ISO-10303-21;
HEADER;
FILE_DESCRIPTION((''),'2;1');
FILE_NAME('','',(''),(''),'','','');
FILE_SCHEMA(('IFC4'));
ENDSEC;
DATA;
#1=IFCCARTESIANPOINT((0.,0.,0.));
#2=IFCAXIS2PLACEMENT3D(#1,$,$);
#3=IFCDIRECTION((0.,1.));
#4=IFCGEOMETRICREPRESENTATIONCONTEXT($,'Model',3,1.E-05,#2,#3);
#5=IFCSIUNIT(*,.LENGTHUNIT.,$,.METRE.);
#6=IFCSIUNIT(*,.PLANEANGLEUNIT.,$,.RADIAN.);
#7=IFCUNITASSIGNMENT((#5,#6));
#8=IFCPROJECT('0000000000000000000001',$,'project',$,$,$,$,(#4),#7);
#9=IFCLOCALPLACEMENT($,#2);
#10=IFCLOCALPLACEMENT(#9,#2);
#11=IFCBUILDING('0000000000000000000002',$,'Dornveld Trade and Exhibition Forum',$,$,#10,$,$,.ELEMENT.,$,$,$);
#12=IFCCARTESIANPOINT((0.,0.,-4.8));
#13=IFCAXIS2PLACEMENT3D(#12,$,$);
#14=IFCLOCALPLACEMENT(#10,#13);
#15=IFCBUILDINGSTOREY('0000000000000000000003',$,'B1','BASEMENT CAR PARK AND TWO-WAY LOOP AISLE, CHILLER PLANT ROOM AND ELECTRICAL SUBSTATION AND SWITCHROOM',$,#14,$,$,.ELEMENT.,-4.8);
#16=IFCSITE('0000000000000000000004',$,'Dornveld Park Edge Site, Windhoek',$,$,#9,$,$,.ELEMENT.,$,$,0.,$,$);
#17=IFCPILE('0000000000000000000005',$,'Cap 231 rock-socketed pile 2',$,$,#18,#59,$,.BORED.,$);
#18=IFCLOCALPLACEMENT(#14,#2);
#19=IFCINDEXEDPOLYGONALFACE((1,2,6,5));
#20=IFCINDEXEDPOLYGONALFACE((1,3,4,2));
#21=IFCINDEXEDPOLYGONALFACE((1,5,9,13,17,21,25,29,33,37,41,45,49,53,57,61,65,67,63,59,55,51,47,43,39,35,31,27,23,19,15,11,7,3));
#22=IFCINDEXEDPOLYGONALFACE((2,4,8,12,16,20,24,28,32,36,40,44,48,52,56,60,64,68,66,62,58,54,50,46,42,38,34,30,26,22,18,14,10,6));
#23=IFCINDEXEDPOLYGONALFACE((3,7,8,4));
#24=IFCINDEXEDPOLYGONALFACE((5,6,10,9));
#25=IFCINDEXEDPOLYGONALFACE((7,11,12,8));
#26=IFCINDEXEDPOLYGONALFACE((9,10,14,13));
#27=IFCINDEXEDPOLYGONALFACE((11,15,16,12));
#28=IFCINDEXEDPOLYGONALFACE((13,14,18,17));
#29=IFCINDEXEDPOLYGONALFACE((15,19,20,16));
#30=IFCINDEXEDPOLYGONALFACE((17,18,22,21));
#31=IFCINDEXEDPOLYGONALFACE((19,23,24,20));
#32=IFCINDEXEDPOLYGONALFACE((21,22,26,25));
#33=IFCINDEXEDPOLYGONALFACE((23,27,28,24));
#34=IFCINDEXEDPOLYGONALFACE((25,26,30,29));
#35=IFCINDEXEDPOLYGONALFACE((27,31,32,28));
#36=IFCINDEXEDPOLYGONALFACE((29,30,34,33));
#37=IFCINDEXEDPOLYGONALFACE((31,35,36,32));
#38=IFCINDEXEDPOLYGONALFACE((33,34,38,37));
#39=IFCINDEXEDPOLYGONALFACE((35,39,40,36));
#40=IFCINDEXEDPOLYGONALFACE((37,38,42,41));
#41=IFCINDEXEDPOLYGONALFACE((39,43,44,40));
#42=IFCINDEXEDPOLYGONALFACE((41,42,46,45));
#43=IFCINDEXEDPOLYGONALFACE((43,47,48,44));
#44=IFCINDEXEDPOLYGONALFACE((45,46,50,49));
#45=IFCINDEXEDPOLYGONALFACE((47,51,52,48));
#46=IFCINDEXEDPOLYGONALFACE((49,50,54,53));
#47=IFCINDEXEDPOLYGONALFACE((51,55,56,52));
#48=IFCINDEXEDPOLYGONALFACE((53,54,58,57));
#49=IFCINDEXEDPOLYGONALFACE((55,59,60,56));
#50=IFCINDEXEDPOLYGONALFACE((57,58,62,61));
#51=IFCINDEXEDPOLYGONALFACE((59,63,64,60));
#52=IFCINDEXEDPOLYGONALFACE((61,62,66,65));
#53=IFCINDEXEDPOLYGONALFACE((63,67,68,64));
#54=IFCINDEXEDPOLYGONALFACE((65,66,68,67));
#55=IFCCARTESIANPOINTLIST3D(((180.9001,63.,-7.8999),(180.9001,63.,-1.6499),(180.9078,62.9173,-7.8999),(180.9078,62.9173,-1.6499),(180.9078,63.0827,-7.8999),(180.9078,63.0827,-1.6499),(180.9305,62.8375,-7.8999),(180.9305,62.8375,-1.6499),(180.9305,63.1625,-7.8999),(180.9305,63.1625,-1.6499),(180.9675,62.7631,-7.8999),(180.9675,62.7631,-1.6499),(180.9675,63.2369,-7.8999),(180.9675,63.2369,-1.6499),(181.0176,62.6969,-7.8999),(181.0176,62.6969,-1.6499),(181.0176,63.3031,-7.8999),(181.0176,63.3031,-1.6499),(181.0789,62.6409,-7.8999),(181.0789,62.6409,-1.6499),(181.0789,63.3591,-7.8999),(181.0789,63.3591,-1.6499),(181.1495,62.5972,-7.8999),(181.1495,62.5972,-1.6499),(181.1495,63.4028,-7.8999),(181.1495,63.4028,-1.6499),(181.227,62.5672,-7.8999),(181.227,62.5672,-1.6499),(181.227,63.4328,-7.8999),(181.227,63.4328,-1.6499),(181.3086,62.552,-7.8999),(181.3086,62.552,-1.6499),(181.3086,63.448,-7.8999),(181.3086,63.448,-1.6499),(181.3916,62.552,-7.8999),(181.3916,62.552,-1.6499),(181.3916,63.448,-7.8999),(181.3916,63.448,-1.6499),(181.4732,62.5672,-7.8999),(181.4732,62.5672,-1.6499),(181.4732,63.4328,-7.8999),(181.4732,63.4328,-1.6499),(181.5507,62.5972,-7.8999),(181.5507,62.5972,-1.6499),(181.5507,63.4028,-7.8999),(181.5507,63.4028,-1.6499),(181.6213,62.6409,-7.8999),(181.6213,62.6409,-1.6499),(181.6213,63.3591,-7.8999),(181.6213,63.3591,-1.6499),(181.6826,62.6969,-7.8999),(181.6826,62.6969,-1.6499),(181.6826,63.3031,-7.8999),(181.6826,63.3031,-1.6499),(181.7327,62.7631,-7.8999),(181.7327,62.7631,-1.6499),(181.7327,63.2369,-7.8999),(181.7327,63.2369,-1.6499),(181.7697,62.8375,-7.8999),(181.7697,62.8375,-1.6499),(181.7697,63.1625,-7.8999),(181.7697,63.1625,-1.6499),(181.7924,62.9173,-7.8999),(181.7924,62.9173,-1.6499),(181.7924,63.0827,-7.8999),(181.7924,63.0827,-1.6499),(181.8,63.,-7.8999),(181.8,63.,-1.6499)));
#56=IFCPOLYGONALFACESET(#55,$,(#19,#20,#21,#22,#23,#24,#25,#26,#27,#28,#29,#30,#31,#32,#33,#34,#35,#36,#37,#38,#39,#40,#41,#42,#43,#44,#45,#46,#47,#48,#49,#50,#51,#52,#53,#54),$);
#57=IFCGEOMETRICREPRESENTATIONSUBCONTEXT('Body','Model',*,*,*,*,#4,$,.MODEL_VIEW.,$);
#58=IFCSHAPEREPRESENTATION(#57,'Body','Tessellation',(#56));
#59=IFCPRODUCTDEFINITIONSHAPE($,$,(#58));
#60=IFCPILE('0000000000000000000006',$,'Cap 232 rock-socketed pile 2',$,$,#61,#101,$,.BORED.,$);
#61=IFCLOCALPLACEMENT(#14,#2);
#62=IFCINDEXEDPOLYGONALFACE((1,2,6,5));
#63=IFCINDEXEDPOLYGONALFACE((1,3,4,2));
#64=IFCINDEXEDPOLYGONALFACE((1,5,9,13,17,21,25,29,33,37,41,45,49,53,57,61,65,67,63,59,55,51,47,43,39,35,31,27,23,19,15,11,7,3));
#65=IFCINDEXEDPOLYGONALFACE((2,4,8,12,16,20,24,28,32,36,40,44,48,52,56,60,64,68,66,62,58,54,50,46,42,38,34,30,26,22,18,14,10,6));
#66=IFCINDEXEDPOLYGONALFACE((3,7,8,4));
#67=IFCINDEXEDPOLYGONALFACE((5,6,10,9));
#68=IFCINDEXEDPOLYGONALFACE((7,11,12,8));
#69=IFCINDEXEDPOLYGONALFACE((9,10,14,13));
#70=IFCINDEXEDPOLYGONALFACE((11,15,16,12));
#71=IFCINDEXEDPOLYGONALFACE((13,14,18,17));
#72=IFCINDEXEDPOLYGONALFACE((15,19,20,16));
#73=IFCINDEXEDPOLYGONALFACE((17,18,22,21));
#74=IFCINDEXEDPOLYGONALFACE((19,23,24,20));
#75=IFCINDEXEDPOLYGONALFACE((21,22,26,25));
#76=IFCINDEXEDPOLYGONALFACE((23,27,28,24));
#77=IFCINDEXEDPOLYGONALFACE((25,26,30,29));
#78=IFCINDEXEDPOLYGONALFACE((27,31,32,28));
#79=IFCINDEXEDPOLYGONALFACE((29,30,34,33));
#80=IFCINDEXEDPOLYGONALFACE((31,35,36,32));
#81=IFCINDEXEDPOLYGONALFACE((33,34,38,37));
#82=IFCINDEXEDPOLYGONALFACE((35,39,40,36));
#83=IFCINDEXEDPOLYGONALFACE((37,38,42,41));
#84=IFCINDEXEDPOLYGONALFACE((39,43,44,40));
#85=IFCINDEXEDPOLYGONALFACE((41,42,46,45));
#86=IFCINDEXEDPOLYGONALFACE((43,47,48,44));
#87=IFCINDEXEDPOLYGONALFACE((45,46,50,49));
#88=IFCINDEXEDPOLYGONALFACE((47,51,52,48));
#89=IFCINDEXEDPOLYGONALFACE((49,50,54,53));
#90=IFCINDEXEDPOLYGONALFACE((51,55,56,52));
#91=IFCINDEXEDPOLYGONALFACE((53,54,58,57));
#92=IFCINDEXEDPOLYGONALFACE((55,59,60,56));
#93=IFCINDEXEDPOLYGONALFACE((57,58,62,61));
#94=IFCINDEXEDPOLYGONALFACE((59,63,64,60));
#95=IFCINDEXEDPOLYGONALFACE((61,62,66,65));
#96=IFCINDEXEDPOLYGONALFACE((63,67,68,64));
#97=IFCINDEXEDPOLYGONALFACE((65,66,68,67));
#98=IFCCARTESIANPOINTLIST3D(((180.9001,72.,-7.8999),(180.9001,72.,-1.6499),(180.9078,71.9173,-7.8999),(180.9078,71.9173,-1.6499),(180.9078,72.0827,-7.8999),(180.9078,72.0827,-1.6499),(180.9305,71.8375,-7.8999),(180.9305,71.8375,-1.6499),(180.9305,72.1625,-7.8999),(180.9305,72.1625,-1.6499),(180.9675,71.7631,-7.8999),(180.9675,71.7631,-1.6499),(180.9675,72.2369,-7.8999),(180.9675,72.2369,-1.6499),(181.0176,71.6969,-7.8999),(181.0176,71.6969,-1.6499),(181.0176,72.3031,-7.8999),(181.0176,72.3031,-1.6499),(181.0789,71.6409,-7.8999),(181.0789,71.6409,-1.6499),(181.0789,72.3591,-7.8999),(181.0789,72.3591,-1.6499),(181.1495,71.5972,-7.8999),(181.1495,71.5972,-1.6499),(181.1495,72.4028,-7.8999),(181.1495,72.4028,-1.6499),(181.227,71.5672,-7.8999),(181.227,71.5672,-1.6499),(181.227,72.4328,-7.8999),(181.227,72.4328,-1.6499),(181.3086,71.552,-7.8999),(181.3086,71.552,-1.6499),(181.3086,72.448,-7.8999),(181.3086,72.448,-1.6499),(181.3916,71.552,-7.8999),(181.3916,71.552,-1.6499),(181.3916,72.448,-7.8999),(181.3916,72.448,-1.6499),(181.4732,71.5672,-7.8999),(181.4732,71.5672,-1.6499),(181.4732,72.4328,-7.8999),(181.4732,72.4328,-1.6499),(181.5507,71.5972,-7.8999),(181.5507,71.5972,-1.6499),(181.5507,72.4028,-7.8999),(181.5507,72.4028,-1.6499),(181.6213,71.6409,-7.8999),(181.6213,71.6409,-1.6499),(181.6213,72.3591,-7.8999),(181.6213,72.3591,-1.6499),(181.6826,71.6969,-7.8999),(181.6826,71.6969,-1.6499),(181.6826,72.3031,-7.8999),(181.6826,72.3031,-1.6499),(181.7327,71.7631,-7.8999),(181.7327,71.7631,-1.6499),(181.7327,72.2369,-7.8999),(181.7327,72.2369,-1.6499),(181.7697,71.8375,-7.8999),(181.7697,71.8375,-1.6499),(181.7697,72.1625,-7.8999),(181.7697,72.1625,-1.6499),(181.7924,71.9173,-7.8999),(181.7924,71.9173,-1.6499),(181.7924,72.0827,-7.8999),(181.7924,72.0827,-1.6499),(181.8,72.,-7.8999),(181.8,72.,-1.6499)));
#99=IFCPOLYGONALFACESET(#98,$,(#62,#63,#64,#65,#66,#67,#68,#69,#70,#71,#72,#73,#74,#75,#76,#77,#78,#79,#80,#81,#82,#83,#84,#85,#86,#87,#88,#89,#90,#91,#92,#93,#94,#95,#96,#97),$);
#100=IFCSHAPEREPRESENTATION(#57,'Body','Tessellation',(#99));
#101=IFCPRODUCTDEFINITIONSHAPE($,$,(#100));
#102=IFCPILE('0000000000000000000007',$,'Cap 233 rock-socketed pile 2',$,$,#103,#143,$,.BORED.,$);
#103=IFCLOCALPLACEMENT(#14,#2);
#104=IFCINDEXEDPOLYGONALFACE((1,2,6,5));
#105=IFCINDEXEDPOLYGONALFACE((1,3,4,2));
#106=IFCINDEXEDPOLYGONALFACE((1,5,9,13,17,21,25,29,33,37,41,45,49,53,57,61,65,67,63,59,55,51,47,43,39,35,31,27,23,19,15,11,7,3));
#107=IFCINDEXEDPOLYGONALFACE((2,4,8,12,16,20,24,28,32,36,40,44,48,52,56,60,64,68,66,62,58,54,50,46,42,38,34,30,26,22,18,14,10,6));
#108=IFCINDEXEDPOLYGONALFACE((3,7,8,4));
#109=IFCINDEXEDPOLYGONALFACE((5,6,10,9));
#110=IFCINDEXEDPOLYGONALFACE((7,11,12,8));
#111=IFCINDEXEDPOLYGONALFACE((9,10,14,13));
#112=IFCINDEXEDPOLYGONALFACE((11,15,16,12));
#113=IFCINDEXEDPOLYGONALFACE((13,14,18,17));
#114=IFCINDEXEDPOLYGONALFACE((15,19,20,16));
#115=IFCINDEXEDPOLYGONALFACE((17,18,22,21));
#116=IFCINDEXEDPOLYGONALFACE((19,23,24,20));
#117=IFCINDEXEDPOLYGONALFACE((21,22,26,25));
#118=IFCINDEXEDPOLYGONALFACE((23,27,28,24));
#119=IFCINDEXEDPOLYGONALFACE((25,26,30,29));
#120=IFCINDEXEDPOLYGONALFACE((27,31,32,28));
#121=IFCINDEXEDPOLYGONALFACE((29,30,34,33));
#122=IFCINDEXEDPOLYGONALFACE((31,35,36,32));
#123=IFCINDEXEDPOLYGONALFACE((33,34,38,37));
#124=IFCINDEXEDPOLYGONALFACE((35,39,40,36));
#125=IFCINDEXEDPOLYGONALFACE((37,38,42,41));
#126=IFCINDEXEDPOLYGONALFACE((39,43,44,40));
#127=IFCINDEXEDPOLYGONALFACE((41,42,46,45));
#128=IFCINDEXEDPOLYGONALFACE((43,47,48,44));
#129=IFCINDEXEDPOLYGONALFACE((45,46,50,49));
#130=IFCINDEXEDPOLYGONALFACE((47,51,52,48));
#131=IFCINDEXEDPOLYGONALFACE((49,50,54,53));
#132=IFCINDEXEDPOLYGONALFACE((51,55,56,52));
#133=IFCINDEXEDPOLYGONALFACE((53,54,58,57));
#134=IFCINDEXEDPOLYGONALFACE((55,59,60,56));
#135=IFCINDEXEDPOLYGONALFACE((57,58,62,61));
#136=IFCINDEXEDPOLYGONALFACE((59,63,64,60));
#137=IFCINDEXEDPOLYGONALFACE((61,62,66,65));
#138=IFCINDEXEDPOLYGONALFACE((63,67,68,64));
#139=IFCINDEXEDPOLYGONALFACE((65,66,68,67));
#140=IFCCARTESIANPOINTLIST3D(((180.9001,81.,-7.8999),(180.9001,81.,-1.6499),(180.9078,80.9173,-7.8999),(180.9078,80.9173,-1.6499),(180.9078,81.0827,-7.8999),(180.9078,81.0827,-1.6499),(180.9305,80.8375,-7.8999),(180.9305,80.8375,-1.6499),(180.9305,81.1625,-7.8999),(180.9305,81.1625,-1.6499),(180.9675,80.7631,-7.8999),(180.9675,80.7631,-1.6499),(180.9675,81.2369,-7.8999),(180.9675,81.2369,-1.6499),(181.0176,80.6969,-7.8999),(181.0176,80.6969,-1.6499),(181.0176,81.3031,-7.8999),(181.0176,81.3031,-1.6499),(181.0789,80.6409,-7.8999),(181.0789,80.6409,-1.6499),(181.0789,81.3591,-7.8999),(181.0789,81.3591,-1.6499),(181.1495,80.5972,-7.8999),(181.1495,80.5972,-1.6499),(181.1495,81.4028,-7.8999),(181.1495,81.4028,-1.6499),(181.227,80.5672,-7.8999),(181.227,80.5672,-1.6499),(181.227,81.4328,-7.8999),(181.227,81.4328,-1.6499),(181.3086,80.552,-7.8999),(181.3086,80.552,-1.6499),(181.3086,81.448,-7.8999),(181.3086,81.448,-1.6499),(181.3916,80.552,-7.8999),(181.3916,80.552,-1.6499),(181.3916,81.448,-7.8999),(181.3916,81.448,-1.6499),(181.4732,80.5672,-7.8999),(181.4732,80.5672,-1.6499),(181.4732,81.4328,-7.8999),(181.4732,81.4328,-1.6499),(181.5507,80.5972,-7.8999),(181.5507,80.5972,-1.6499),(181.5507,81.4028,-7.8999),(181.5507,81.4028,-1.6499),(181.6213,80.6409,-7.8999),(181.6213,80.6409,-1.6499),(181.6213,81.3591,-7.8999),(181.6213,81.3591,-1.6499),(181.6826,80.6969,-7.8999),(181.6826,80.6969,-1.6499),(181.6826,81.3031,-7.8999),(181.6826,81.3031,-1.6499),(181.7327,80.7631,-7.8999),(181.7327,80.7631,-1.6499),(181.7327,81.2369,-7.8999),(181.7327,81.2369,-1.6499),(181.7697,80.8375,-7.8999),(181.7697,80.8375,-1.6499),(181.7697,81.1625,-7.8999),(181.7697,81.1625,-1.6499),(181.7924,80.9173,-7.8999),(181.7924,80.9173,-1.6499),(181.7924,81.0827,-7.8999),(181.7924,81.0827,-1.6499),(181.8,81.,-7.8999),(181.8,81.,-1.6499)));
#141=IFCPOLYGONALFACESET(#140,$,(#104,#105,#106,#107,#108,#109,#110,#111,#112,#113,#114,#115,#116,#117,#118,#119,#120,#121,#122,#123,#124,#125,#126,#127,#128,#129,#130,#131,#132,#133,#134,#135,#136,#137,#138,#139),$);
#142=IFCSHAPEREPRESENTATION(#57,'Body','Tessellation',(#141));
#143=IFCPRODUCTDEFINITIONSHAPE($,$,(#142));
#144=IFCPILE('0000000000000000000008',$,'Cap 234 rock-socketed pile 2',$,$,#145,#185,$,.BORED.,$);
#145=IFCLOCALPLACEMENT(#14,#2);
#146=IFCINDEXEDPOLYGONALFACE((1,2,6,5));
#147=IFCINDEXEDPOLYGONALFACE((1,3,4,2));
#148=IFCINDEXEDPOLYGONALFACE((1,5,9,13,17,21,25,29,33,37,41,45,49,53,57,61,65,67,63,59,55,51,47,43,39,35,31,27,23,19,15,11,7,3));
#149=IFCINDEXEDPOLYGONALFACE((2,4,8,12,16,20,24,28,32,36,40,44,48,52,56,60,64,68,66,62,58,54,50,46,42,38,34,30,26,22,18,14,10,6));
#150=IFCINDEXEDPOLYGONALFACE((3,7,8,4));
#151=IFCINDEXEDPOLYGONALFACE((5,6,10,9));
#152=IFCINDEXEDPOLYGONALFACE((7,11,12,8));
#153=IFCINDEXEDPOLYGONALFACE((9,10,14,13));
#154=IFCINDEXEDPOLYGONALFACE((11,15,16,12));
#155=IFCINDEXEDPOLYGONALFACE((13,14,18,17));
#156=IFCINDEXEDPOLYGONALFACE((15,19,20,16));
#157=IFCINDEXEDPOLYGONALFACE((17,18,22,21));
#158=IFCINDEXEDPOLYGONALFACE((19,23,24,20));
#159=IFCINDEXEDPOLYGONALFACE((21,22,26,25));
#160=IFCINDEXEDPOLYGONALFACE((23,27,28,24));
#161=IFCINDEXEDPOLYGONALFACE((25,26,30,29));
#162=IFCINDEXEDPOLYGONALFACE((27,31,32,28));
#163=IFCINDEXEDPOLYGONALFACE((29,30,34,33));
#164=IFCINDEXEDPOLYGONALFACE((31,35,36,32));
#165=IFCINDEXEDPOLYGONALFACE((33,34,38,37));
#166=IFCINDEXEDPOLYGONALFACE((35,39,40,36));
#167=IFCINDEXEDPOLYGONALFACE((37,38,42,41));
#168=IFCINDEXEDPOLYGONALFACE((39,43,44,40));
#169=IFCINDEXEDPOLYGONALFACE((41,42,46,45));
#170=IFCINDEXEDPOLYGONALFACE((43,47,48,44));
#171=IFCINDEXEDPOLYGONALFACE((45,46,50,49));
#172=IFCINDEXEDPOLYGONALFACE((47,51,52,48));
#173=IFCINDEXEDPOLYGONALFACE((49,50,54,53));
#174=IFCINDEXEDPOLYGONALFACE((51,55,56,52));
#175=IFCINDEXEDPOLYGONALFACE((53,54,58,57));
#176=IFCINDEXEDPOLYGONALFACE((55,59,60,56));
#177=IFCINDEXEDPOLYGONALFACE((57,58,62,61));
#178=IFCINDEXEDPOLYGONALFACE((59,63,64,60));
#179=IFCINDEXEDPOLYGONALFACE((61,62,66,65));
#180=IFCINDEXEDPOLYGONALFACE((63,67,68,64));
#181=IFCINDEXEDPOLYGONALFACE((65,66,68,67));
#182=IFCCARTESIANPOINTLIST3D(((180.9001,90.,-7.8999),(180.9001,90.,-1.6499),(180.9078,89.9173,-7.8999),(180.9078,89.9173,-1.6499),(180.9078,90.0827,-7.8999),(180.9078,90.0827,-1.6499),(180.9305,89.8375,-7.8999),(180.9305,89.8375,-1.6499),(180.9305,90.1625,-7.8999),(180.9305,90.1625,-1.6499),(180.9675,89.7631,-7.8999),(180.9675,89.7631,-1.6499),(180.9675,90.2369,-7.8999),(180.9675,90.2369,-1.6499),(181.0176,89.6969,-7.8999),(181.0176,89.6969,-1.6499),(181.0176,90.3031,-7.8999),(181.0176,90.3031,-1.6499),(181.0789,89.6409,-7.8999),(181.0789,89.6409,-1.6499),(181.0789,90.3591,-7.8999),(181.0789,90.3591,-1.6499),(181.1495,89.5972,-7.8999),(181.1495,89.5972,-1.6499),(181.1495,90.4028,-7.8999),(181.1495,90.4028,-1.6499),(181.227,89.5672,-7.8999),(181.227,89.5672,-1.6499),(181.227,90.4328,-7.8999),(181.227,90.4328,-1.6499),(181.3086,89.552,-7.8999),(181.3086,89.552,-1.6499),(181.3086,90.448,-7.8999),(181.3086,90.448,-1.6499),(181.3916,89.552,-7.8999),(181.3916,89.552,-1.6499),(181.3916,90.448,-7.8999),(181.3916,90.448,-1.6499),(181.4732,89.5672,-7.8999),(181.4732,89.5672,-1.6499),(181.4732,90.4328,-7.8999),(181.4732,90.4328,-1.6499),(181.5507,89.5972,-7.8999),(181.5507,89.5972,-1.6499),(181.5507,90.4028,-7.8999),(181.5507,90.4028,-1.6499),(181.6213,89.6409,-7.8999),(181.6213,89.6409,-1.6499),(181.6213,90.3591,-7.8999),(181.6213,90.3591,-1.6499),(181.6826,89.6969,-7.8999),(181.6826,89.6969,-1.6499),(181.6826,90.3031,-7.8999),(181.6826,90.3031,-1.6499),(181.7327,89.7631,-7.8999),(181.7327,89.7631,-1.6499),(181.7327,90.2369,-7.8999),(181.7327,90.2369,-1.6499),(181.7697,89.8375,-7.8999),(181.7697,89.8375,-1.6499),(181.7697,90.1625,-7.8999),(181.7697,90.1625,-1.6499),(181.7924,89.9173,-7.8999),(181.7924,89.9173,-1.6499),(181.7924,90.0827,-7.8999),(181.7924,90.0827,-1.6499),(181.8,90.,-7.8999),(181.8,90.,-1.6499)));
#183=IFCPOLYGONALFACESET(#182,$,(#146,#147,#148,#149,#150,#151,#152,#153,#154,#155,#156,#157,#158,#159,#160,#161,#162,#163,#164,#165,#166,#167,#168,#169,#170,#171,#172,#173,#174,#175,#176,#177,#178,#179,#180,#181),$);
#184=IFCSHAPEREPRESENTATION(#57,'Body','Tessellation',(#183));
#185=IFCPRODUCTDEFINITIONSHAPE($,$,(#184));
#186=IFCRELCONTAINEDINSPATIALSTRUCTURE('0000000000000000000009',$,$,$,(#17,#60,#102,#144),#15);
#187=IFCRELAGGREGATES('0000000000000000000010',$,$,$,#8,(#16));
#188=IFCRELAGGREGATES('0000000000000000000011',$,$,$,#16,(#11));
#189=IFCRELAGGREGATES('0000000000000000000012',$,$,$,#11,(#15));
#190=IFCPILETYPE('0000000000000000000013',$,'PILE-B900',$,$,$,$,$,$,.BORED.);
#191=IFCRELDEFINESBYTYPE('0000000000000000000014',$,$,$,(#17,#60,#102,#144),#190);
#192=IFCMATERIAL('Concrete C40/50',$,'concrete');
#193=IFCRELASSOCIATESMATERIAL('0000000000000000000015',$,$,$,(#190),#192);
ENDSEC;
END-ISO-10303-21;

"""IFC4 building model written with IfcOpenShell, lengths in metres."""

from ifc_helpers import new_model, si_unit, direction, frame, origin, origin_2d, place, context, subcontext, project, spatial, circle, extrude, material, material_profile, profile_set, type_object, element, save


model = new_model("IFC4")

# Units and contexts
model_context = context("Model", 3, precision=1e-05, world=origin(), true_north=direction((0.0, 1.0)))
body_context = subcontext(model_context, "Body", "Model", "MODEL_VIEW")
ifc_project = project(units=[si_unit("LENGTHUNIT", "METRE"), si_unit("PLANEANGLEUNIT", "RADIAN")], contexts=[model_context])

# Site, building, storey
site_placement = place(None, origin())
site = spatial("IfcSite", under=ifc_project, at=site_placement, Name="Dornveld Park Edge Site, Windhoek", CompositionType="ELEMENT", RefElevation=0.0)
building_placement = place(site_placement, origin())
building = spatial("IfcBuilding", under=site, at=building_placement, Name="Dornveld Trade and Exhibition Forum", CompositionType="ELEMENT")
storey_placement = place(building_placement, frame((0.0, 0.0, -4.8)))
storey = spatial("IfcBuildingStorey", under=building, at=storey_placement, Name="B1", Description="BASEMENT CAR PARK AND TWO-WAY LOOP AISLE, CHILLER PLANT ROOM AND ELECTRICAL SUBSTATION AND SWITCHROOM", CompositionType="ELEMENT", Elevation=-4.8)

# Piles
ifc_material_1 = material(Name="Concrete C40/50", Category="concrete")
ifc_material_profile_1 = material_profile(ifc_material_1, circle(Radius=0.45, at=origin_2d()), Name="PILE D900")
ifc_profile_set_1 = profile_set([ifc_material_profile_1], Name="Concrete C40/50")
pile_type = type_object("IfcPileType", Name="PILE-B900", PredefinedType="BORED", material=ifc_profile_set_1)
for number, where, z_axis, x_axis, name in (
    (1, (181.3501, 63.0, -1.6499), (0.0, 0.0, -1.0), (1.0, 0.0, 0.0), "Cap 231 rock-socketed pile 2"),
    (2, (181.3501, 72.0, -1.6499), (0.0, 0.0, -1.0), (1.0, 0.0, 0.0), "Cap 232 rock-socketed pile 2"),
    (3, (181.3501, 81.0, -1.6499), (0.0, 0.0, -1.0), (1.0, 0.0, 0.0), "Cap 233 rock-socketed pile 2"),
    (4, (181.3501, 90.0, -1.6499), (0.0, 0.0, -1.0), (1.0, 0.0, 0.0), "Cap 234 rock-socketed pile 2"),
):
    element("IfcPile", number, at=place(storey_placement, frame(where, z_axis=z_axis, x_axis=x_axis)), inside=storey, type_object=pile_type, Name=name, PredefinedType="BORED", context=body_context, shape_type="SweptSolid", body=[
        extrude(circle(Radius=0.45, at=origin_2d()), origin(), (0.0, 0.0, 1.0), 6.25),
    ])

save(model, "model.ifc")
